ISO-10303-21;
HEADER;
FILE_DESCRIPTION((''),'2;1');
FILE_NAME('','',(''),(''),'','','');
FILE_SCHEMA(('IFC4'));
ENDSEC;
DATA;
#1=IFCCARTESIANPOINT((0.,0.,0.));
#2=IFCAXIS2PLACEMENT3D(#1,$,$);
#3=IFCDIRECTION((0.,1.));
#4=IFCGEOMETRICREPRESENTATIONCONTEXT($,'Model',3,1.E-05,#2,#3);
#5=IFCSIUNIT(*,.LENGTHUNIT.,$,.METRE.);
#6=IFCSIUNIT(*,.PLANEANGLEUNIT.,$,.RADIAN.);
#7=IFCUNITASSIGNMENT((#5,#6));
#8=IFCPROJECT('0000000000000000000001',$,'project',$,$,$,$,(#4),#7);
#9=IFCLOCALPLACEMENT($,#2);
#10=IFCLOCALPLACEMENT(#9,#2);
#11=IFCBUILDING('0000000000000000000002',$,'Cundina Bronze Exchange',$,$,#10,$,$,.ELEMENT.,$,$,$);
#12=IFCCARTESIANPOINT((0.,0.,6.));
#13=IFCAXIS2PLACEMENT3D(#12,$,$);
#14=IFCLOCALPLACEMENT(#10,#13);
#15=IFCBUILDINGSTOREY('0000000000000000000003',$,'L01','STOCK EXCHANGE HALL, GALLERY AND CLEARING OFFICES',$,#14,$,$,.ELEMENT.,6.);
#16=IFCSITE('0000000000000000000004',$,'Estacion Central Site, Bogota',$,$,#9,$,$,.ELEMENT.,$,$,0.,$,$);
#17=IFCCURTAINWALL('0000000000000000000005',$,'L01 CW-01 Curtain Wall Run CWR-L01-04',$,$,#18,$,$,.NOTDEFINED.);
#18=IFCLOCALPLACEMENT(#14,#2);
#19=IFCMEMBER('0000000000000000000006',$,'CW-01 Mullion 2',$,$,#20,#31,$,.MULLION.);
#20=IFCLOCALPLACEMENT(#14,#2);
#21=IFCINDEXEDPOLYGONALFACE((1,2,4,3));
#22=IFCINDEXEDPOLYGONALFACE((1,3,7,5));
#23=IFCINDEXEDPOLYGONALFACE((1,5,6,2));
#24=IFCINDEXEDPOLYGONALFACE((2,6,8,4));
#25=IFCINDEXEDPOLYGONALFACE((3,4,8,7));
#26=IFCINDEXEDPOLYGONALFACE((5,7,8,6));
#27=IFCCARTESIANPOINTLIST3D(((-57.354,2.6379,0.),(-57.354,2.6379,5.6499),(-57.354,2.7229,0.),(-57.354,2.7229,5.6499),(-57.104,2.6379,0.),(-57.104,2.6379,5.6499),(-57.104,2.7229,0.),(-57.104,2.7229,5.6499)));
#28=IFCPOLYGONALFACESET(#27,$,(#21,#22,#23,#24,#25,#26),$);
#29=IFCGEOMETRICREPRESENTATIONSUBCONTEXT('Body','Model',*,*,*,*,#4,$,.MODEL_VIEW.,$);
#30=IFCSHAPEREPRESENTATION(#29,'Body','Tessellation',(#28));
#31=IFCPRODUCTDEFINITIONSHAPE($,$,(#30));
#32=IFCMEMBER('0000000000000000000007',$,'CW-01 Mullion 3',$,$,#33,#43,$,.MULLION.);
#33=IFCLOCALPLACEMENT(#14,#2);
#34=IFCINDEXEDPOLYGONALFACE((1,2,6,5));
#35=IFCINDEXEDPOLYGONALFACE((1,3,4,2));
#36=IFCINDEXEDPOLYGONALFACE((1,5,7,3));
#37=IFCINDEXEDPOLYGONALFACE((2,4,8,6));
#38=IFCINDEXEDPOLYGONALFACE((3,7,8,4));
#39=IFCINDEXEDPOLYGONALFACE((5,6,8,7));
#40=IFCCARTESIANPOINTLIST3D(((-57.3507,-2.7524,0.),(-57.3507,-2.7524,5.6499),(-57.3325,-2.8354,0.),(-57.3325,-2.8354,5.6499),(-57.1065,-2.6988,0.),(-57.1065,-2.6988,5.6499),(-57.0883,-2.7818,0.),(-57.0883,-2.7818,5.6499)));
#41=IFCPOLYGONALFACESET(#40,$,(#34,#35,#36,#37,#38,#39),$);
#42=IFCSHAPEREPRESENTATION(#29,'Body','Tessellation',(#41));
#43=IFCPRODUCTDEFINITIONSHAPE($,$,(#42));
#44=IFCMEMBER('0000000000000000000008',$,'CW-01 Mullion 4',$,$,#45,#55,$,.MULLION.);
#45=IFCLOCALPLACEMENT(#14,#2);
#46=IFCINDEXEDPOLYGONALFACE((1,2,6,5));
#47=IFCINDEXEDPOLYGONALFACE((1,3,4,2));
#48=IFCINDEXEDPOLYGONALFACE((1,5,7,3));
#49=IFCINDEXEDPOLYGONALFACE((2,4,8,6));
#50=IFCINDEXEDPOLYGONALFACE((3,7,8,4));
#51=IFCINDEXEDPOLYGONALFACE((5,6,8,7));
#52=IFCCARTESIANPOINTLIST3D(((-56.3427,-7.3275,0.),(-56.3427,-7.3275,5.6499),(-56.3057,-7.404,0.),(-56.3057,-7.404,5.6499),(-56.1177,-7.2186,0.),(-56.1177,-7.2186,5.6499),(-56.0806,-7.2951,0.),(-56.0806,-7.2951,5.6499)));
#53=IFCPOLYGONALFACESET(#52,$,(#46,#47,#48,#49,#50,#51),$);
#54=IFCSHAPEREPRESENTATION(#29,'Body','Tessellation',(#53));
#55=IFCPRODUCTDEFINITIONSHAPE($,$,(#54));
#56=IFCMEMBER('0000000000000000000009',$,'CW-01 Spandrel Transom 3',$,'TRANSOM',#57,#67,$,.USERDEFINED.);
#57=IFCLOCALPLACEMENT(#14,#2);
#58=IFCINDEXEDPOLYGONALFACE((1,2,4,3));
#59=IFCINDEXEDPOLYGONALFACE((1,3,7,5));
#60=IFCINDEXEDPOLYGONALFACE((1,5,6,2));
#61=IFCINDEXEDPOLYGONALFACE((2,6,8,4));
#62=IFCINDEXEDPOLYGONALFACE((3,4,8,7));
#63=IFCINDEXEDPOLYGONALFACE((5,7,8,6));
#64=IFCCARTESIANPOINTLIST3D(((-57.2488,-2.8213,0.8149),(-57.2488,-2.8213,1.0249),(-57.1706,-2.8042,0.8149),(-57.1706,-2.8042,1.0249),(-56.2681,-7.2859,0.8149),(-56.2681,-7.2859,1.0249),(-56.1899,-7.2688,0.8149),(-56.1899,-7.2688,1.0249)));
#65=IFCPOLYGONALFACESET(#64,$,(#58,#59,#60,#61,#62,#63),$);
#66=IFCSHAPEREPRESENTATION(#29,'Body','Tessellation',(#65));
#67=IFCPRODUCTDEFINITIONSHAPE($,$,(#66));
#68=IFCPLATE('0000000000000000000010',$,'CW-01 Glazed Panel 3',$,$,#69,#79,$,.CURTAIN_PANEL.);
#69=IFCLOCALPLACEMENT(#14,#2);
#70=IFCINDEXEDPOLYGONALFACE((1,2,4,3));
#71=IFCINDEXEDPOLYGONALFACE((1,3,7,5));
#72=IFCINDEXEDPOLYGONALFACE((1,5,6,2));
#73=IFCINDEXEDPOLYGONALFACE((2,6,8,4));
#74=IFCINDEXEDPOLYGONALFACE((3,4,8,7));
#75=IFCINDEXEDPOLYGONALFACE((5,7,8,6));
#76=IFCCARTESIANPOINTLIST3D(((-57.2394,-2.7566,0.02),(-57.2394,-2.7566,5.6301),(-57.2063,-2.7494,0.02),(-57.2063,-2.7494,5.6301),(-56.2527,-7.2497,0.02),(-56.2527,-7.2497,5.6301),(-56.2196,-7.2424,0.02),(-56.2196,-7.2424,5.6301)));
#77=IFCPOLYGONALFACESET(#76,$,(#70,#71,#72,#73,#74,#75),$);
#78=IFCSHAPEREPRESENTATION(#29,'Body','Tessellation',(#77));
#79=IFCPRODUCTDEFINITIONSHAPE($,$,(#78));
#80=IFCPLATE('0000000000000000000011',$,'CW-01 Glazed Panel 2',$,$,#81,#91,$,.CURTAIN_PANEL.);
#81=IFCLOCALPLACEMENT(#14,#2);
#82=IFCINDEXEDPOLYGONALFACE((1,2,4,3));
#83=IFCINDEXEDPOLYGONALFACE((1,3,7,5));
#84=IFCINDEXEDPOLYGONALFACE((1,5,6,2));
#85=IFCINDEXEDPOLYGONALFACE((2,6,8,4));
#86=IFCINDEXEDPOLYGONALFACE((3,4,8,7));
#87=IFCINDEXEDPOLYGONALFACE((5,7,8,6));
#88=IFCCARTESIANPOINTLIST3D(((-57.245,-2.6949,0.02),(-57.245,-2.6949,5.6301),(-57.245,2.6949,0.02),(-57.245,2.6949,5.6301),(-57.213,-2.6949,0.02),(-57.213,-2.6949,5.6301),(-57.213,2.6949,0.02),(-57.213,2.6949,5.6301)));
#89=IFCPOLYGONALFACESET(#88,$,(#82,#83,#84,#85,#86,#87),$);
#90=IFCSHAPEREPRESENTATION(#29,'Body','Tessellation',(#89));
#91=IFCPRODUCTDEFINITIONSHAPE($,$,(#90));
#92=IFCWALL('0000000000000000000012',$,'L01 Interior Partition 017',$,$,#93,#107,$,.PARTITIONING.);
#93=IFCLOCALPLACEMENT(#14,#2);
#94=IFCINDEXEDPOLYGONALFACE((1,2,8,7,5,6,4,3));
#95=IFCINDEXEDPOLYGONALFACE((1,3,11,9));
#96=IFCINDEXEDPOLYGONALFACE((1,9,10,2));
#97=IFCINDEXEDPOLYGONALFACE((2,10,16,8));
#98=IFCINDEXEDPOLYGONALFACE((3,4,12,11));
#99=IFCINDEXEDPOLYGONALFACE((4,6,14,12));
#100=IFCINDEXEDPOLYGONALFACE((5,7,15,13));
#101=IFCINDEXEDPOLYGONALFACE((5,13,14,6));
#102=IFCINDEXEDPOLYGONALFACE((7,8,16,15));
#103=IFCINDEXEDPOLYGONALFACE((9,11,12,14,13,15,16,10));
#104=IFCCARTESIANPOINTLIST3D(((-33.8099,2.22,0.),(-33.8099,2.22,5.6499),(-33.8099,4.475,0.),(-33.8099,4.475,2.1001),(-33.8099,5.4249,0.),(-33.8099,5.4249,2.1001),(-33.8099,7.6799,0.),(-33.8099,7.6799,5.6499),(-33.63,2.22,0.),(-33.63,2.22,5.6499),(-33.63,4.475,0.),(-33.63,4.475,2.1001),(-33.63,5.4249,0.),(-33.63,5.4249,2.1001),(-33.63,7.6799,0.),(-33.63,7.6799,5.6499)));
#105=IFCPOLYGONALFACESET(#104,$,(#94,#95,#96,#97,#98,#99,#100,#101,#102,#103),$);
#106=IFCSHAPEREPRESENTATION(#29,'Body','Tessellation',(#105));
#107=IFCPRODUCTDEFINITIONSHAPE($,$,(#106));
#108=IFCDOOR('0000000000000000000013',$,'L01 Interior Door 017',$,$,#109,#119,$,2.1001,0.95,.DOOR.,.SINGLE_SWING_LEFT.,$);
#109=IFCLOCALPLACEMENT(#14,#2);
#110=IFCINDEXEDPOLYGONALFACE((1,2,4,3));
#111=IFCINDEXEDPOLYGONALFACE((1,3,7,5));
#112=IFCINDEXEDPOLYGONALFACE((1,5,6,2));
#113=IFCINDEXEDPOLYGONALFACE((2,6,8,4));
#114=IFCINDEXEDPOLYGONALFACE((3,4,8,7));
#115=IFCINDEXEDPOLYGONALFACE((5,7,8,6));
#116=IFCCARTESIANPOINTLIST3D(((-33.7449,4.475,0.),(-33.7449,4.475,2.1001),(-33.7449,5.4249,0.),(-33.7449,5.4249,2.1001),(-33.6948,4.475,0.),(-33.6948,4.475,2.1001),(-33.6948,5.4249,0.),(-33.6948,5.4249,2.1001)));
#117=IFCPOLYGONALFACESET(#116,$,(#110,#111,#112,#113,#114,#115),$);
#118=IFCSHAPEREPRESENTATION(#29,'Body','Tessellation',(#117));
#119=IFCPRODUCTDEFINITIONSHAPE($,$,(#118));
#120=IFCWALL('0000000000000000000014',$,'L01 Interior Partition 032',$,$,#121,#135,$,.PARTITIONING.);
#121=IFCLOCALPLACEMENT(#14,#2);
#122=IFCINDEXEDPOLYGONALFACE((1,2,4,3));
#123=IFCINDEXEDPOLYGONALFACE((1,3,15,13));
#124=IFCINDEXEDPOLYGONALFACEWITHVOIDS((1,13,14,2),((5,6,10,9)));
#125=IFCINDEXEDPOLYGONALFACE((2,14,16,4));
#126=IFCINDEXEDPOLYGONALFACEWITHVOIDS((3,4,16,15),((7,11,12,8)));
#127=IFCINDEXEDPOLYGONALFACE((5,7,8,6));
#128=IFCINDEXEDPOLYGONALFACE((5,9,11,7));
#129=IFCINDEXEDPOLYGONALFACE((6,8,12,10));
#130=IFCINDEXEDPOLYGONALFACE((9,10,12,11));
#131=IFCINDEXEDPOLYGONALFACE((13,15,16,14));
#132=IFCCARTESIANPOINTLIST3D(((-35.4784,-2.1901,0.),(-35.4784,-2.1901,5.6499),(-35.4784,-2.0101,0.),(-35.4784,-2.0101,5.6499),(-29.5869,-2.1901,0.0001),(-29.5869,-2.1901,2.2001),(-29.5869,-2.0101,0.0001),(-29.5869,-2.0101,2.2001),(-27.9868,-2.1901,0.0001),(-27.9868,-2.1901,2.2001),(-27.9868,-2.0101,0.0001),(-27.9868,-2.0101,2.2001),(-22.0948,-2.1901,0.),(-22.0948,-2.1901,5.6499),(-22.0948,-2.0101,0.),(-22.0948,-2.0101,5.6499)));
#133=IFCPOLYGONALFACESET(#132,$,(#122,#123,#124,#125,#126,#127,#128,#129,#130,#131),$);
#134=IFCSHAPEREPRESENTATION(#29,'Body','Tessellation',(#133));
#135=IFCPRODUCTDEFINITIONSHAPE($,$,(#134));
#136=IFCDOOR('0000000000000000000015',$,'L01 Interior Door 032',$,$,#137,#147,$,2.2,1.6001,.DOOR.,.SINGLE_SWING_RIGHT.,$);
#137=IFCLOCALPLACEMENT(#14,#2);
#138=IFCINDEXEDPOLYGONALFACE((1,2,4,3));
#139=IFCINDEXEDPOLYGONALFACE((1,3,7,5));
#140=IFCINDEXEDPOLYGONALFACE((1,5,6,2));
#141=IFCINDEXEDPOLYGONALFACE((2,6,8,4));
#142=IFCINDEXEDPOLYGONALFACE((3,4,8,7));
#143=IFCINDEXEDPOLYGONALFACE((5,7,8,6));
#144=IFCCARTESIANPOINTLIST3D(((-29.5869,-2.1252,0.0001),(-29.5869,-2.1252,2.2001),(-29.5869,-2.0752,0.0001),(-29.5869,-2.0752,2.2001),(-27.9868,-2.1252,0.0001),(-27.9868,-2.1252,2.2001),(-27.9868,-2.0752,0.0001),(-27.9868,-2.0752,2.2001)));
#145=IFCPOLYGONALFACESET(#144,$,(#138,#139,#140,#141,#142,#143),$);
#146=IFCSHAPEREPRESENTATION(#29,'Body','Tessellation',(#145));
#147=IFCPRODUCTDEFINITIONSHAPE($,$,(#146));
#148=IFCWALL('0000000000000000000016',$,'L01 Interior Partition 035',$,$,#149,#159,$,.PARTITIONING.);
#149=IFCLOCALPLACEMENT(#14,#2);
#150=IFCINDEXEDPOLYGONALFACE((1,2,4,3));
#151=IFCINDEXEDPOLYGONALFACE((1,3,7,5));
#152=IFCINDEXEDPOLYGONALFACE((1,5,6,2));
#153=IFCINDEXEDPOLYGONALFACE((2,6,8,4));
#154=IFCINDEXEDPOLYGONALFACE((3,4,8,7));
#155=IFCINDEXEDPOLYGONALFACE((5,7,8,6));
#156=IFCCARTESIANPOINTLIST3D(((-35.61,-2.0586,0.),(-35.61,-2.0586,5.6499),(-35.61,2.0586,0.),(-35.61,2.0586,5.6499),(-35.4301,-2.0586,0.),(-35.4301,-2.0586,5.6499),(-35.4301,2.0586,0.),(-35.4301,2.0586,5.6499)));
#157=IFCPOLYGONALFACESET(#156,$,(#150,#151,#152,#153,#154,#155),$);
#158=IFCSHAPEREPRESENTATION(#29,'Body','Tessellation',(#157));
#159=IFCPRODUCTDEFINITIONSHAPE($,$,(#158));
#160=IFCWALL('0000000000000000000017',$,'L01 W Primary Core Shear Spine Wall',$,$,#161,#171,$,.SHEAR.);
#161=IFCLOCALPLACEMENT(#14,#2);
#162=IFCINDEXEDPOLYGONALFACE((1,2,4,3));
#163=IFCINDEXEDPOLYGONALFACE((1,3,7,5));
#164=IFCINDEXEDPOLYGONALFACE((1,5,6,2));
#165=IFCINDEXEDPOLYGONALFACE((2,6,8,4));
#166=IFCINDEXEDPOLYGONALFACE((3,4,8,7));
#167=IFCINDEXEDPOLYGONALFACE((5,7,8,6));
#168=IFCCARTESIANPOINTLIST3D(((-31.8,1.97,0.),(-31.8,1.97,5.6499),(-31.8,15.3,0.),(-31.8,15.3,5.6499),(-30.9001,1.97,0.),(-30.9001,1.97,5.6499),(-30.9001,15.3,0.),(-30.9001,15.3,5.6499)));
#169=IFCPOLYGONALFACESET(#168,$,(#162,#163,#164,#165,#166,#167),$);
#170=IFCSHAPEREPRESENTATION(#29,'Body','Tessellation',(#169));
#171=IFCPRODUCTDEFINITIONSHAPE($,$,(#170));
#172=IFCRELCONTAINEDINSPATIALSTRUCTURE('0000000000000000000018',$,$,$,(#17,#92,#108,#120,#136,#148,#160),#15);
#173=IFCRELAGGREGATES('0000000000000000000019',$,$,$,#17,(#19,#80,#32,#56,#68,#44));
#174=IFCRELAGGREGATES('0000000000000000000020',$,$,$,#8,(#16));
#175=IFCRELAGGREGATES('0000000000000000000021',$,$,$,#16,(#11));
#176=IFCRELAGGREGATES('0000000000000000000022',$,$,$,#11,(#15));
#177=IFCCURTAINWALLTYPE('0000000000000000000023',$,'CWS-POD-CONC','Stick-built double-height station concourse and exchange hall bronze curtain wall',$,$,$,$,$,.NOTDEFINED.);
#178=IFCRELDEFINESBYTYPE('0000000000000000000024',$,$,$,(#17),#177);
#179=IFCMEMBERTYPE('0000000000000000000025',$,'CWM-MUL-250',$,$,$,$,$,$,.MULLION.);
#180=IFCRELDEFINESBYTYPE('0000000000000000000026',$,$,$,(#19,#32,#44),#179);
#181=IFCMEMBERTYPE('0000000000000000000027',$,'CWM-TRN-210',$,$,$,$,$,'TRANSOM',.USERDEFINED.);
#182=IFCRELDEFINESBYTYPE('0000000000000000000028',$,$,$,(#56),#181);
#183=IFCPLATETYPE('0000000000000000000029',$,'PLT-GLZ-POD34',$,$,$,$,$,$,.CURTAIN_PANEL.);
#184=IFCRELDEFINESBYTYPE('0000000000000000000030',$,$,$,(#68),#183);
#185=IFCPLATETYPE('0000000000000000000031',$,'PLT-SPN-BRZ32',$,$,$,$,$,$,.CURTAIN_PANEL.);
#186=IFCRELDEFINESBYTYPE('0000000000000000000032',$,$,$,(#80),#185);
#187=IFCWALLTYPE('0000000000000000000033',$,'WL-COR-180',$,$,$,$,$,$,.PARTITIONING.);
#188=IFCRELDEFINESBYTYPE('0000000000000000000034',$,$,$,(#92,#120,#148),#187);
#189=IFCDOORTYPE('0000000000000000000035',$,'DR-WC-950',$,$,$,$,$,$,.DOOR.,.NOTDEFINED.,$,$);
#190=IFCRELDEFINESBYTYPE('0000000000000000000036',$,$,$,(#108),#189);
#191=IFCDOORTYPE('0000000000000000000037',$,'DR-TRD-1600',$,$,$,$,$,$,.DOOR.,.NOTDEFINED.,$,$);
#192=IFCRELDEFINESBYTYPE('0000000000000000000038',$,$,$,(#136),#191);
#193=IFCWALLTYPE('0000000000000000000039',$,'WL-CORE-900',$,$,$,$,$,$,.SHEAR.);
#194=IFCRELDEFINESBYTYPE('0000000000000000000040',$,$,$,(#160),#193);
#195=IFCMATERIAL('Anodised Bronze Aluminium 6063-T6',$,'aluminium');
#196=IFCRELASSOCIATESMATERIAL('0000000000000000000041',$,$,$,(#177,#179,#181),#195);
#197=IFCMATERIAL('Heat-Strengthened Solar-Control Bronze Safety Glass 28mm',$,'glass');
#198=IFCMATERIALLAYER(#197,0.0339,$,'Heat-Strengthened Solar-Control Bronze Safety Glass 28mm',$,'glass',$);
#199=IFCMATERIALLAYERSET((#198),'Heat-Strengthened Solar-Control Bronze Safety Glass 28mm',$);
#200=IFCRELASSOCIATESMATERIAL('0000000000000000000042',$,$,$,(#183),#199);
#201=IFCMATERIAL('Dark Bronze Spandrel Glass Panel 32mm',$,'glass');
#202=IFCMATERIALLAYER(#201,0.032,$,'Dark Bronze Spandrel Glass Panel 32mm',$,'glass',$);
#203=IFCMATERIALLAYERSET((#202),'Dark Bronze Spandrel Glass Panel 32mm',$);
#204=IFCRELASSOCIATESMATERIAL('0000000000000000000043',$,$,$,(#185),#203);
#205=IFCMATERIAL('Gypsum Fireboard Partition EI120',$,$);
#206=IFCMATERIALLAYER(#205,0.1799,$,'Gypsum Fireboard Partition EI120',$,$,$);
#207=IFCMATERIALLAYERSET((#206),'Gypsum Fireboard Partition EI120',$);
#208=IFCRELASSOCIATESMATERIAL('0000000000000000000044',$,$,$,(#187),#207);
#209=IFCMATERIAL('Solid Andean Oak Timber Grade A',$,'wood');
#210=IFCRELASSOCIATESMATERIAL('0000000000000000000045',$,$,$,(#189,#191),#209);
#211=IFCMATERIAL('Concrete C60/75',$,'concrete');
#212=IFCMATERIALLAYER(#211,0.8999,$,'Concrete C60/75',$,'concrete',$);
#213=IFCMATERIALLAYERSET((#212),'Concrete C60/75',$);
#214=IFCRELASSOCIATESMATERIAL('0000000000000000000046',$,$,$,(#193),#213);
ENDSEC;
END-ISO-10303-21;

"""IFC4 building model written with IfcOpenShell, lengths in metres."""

from ifc_helpers import new_model, si_unit, direction, frame, frame_2d, origin, origin_2d, place, context, subcontext, project, spatial, rectangle, extrude, material, layer, layer_set, material_profile, profile_set, type_object, element, fill, aggregate, save


model = new_model("IFC4")

# Units and contexts
model_context = context("Model", 3, precision=1e-05, world=origin(), true_north=direction((0.0, 1.0)))
body_context = subcontext(model_context, "Body", "Model", "MODEL_VIEW")
ifc_project = project(units=[si_unit("LENGTHUNIT", "METRE"), si_unit("PLANEANGLEUNIT", "RADIAN")], contexts=[model_context])

# Site, building, storey
site_placement = place(None, origin())
site = spatial("IfcSite", under=ifc_project, at=site_placement, Name="Estacion Central Site, Bogota", CompositionType="ELEMENT", RefElevation=0.0)
building_placement = place(site_placement, origin())
building = spatial("IfcBuilding", under=site, at=building_placement, Name="Cundina Bronze Exchange", CompositionType="ELEMENT")
storey_placement = place(building_placement, frame((0.0, 0.0, 6.0)))
storey = spatial("IfcBuildingStorey", under=building, at=storey_placement, Name="L01", Description="STOCK EXCHANGE HALL, GALLERY AND CLEARING OFFICES", CompositionType="ELEMENT", Elevation=6.0)

# Shared definitions
ifc_material_1 = material(Name="Concrete C60/75", Category="concrete")

# Curtain wall, members, plates
ifc_material_2 = material(Name="Anodised Bronze Aluminium 6063-T6", Category="aluminium")
curtain_wall_type = type_object("IfcCurtainWallType", Name="CWS-POD-CONC", Description="Stick-built double-height station concourse and exchange hall bronze curtain wall", PredefinedType="NOTDEFINED", material=ifc_material_2)
curtain_wall_placement = place(storey_placement, origin())
curtain_wall = element("IfcCurtainWall", 1, at=curtain_wall_placement, inside=storey, type_object=curtain_wall_type, Name="L01 CW-01 Curtain Wall Run CWR-L01-04", PredefinedType="NOTDEFINED")
ifc_material_profile_1 = material_profile(ifc_material_2, rectangle(XDim=0.085, YDim=0.25, at=origin_2d()), Name="AL85X250", Category="aluminium")
ifc_profile_set_1 = profile_set([ifc_material_profile_1], Name="Anodised Bronze Aluminium 6063-T6")
member_type_1 = type_object("IfcMemberType", Name="CWM-MUL-250", PredefinedType="MULLION", material=ifc_profile_set_1)
member_1_placement = place(storey_placement, frame((-57.229, 2.6804, 0.0), z_axis=(0.0, 0.0, 1.0), x_axis=(0.0, -1.0, 0.0)))
member_1 = element("IfcMember", 2, at=member_1_placement, type_object=member_type_1, Name="CW-01 Mullion 2", PredefinedType="MULLION", context=body_context, shape_type="SweptSolid", body=[
    extrude(rectangle(XDim=0.085, YDim=0.25, at=origin_2d()), origin(), (0.0, 0.0, 1.0), 5.6499),
])
member_2_placement = place(storey_placement, frame((-57.2195, -2.7671, 0.0), z_axis=(0.0, 0.0, 1.0), x_axis=(0.214565, -0.97671, 0.0)))
member_2 = element("IfcMember", 3, at=member_2_placement, type_object=member_type_1, Name="CW-01 Mullion 3", PredefinedType="MULLION", context=body_context, shape_type="SweptSolid", body=[
    extrude(rectangle(XDim=0.085, YDim=0.25, at=origin_2d()), origin(), (0.0, 0.0, 1.0), 5.6499),
])
member_3_placement = place(storey_placement, frame((-56.2117, -7.3113, 0.0), z_axis=(0.0, 0.0, 1.0), x_axis=(0.435702, -0.900091, 0.0)))
member_3 = element("IfcMember", 4, at=member_3_placement, type_object=member_type_1, Name="CW-01 Mullion 4", PredefinedType="MULLION", context=body_context, shape_type="SweptSolid", body=[
    extrude(rectangle(XDim=0.085, YDim=0.25, at=origin_2d()), origin(), (0.0, 0.0, 1.0), 5.6499),
])
ifc_material_profile_2 = material_profile(ifc_material_2, rectangle(XDim=0.0801, YDim=0.21, at=origin_2d()), Name="AL80X210", Category="aluminium")
ifc_profile_set_2 = profile_set([ifc_material_profile_2], Name="Anodised Bronze Aluminium 6063-T6")
member_type_2 = type_object("IfcMemberType", Name="CWM-TRN-210", ElementType="TRANSOM", PredefinedType="USERDEFINED", material=ifc_profile_set_2)
member_4_placement = place(storey_placement, frame((-57.2097, -2.8127, 0.9199), z_axis=(0.214549, -0.976713, 0.0), x_axis=(0.976713, 0.214549, 0.0)))
member_4 = element("IfcMember", 5, at=member_4_placement, type_object=member_type_2, Name="CW-01 Spandrel Transom 3", ObjectType="TRANSOM", PredefinedType="USERDEFINED", context=body_context, shape_type="SweptSolid", body=[
    extrude(rectangle(XDim=0.0801, YDim=0.21, at=origin_2d()), origin(), (0.0, 0.0, 1.0), 4.571),
])
ifc_material_3 = material(Name="Heat-Strengthened Solar-Control Bronze Safety Glass 28mm", Category="glass")
ifc_layer_1 = layer(ifc_material_3, 0.0339, Name="Heat-Strengthened Solar-Control Bronze Safety Glass 28mm", Category="glass")
ifc_layer_set_1 = layer_set([ifc_layer_1], Name="Heat-Strengthened Solar-Control Bronze Safety Glass 28mm")
plate_type_1 = type_object("IfcPlateType", Name="PLT-GLZ-POD34", PredefinedType="CURTAIN_PANEL", material=ifc_layer_set_1)
plate_1_placement = place(storey_placement, frame((-56.7295, -4.9995, 0.02), z_axis=(0.0, 0.0, 1.0), x_axis=(0.214497, -0.976725, 0.0)))
plate_1 = element("IfcPlate", 6, at=plate_1_placement, type_object=plate_type_1, Name="CW-01 Glazed Panel 3", PredefinedType="CURTAIN_PANEL", context=body_context, shape_type="SweptSolid", body=[
    extrude(rectangle(XDim=4.6001, YDim=0.0339, at=origin_2d()), origin(), (0.0, 0.0, 1.0), 5.6101),
])
ifc_material_4 = material(Name="Dark Bronze Spandrel Glass Panel 32mm", Category="glass")
ifc_layer_2 = layer(ifc_material_4, 0.032, Name="Dark Bronze Spandrel Glass Panel 32mm", Category="glass")
ifc_layer_set_2 = layer_set([ifc_layer_2], Name="Dark Bronze Spandrel Glass Panel 32mm")
plate_type_2 = type_object("IfcPlateType", Name="PLT-SPN-BRZ32", PredefinedType="CURTAIN_PANEL", material=ifc_layer_set_2)
plate_2_placement = place(storey_placement, frame((-57.229, 0.0, 0.02), z_axis=(0.0, 0.0, 1.0), x_axis=(0.0, -1.0, 0.0)))
plate_2 = element("IfcPlate", 7, at=plate_2_placement, type_object=plate_type_2, Name="CW-01 Glazed Panel 2", PredefinedType="CURTAIN_PANEL", context=body_context, shape_type="SweptSolid", body=[
    extrude(rectangle(XDim=5.3899, YDim=0.032, at=origin_2d()), origin(), (0.0, 0.0, 1.0), 5.6101),
])
aggregate(curtain_wall, [member_1, plate_2, member_2, member_4, plate_1, member_3])

# Walls, openings, doors
ifc_material_5 = material(Name="Gypsum Fireboard Partition EI120")
ifc_layer_3 = layer(ifc_material_5, 0.1799, Name="Gypsum Fireboard Partition EI120")
ifc_layer_set_3 = layer_set([ifc_layer_3], Name="Gypsum Fireboard Partition EI120")
wall_type_1 = type_object("IfcWallType", Name="WL-COR-180", PredefinedType="PARTITIONING", material=ifc_layer_set_3)
wall_1_placement = place(storey_placement, frame((-33.72, 2.22, 0.0), z_axis=(0.0, 0.0, 1.0), x_axis=(0.0, 1.0, 0.0)))
wall_1 = element("IfcWall", 8, at=wall_1_placement, inside=storey, type_object=wall_type_1, Name="L01 Interior Partition 017", PredefinedType="PARTITIONING", context=body_context, shape_type="SweptSolid", body=[
    extrude(rectangle(XDim=5.46, YDim=0.1799, at=frame_2d((2.73, 0.0))), origin(), (0.0, 0.0, 1.0), 5.6499),
])
opening_1_placement = place(wall_1_placement, frame((2.2549, 0.0, 0.0)))
opening_1 = element("IfcOpeningElement", 9, at=opening_1_placement, cuts=wall_1, PredefinedType="OPENING", context=body_context, shape_type="SweptSolid", body=[
    extrude(rectangle(XDim=0.95, YDim=2.1001, at=frame_2d((0.4751, 1.05))), frame((0.0, 0.0999, 0.0), z_axis=(0.0, -1.0, 0.0), x_axis=(1.0, 0.0, 0.0)), (0.0, 0.0, 1.0), 0.2),
])
ifc_material_6 = material(Name="Solid Andean Oak Timber Grade A", Category="wood")
door_type_1 = type_object("IfcDoorType", Name="DR-WC-950", OperationType="NOTDEFINED", PredefinedType="DOOR", material=ifc_material_6)
door_1_placement = place(opening_1_placement, origin())
door_1 = element("IfcDoor", 10, at=door_1_placement, inside=storey, type_object=door_type_1, Name="L01 Interior Door 017", OperationType="SINGLE_SWING_LEFT", OverallHeight=2.1001, OverallWidth=0.95, PredefinedType="DOOR", context=body_context, shape_type="SweptSolid", body=[
    extrude(rectangle(XDim=0.95, YDim=2.1001, at=frame_2d((0.4751, 1.05))), frame((0.0, 0.0249, 0.0), z_axis=(0.0, -1.0, 0.0), x_axis=(1.0, 0.0, 0.0)), (0.0, 0.0, 1.0), 0.05),
])
fill(opening_1, door_1)
wall_2_placement = place(storey_placement, frame((-35.4785, -2.1001, 0.0), z_axis=(0.0, 0.0, 1.0), x_axis=(1.0, 0.0, 0.0)))
wall_2 = element("IfcWall", 11, at=wall_2_placement, inside=storey, type_object=wall_type_1, Name="L01 Interior Partition 032", PredefinedType="PARTITIONING", context=body_context, shape_type="SweptSolid", body=[
    extrude(rectangle(XDim=13.3835, YDim=0.1799, at=frame_2d((6.6919, 0.0))), origin(), (0.0, 0.0, 1.0), 5.6499),
])
opening_2_placement = place(wall_2_placement, frame((5.8916, 0.0, 0.0)))
opening_2 = element("IfcOpeningElement", 12, at=opening_2_placement, cuts=wall_2, PredefinedType="OPENING", context=body_context, shape_type="SweptSolid", body=[
    extrude(rectangle(XDim=1.6001, YDim=2.2, at=frame_2d((0.8, 1.1001))), frame((0.0, 0.0999, 0.0), z_axis=(0.0, -1.0, 0.0), x_axis=(1.0, 0.0, 0.0)), (0.0, 0.0, 1.0), 0.2),
])
door_type_2 = type_object("IfcDoorType", Name="DR-TRD-1600", OperationType="NOTDEFINED", PredefinedType="DOOR", material=ifc_material_6)
door_2_placement = place(opening_2_placement, origin())
door_2 = element("IfcDoor", 13, at=door_2_placement, inside=storey, type_object=door_type_2, Name="L01 Interior Door 032", OperationType="SINGLE_SWING_RIGHT", OverallHeight=2.2, OverallWidth=1.6001, PredefinedType="DOOR", context=body_context, shape_type="SweptSolid", body=[
    extrude(rectangle(XDim=1.6001, YDim=2.2, at=frame_2d((0.8, 1.1001))), frame((0.0, 0.0249, 0.0), z_axis=(0.0, -1.0, 0.0), x_axis=(1.0, 0.0, 0.0)), (0.0, 0.0, 1.0), 0.05),
])
fill(opening_2, door_2)

# Walls
wall_3_placement = place(storey_placement, frame((-35.52, 2.0586, 0.0), z_axis=(0.0, 0.0, 1.0), x_axis=(0.0, -1.0, 0.0)))
element("IfcWall", 14, at=wall_3_placement, inside=storey, type_object=wall_type_1, Name="L01 Interior Partition 035", PredefinedType="PARTITIONING", context=body_context, shape_type="SweptSolid", body=[
    extrude(rectangle(XDim=4.1172, YDim=0.1799, at=frame_2d((2.0586, 0.0))), origin(), (0.0, 0.0, 1.0), 5.6499),
])
ifc_layer_4 = layer(ifc_material_1, 0.8999, Name="Concrete C60/75", Category="concrete")
ifc_layer_set_4 = layer_set([ifc_layer_4], Name="Concrete C60/75")
wall_type_2 = type_object("IfcWallType", Name="WL-CORE-900", PredefinedType="SHEAR", material=ifc_layer_set_4)
wall_4_placement = place(storey_placement, frame((-31.3501, 1.97, 0.0), z_axis=(0.0, 0.0, 1.0), x_axis=(0.0, 1.0, 0.0)))
element("IfcWall", 15, at=wall_4_placement, inside=storey, type_object=wall_type_2, Name="L01 W Primary Core Shear Spine Wall", PredefinedType="SHEAR", context=body_context, shape_type="SweptSolid", body=[
    extrude(rectangle(XDim=13.3301, YDim=0.8999, at=frame_2d((6.665, 0.0))), origin(), (0.0, 0.0, 1.0), 5.6499),
])

save(model, "model.ifc")
